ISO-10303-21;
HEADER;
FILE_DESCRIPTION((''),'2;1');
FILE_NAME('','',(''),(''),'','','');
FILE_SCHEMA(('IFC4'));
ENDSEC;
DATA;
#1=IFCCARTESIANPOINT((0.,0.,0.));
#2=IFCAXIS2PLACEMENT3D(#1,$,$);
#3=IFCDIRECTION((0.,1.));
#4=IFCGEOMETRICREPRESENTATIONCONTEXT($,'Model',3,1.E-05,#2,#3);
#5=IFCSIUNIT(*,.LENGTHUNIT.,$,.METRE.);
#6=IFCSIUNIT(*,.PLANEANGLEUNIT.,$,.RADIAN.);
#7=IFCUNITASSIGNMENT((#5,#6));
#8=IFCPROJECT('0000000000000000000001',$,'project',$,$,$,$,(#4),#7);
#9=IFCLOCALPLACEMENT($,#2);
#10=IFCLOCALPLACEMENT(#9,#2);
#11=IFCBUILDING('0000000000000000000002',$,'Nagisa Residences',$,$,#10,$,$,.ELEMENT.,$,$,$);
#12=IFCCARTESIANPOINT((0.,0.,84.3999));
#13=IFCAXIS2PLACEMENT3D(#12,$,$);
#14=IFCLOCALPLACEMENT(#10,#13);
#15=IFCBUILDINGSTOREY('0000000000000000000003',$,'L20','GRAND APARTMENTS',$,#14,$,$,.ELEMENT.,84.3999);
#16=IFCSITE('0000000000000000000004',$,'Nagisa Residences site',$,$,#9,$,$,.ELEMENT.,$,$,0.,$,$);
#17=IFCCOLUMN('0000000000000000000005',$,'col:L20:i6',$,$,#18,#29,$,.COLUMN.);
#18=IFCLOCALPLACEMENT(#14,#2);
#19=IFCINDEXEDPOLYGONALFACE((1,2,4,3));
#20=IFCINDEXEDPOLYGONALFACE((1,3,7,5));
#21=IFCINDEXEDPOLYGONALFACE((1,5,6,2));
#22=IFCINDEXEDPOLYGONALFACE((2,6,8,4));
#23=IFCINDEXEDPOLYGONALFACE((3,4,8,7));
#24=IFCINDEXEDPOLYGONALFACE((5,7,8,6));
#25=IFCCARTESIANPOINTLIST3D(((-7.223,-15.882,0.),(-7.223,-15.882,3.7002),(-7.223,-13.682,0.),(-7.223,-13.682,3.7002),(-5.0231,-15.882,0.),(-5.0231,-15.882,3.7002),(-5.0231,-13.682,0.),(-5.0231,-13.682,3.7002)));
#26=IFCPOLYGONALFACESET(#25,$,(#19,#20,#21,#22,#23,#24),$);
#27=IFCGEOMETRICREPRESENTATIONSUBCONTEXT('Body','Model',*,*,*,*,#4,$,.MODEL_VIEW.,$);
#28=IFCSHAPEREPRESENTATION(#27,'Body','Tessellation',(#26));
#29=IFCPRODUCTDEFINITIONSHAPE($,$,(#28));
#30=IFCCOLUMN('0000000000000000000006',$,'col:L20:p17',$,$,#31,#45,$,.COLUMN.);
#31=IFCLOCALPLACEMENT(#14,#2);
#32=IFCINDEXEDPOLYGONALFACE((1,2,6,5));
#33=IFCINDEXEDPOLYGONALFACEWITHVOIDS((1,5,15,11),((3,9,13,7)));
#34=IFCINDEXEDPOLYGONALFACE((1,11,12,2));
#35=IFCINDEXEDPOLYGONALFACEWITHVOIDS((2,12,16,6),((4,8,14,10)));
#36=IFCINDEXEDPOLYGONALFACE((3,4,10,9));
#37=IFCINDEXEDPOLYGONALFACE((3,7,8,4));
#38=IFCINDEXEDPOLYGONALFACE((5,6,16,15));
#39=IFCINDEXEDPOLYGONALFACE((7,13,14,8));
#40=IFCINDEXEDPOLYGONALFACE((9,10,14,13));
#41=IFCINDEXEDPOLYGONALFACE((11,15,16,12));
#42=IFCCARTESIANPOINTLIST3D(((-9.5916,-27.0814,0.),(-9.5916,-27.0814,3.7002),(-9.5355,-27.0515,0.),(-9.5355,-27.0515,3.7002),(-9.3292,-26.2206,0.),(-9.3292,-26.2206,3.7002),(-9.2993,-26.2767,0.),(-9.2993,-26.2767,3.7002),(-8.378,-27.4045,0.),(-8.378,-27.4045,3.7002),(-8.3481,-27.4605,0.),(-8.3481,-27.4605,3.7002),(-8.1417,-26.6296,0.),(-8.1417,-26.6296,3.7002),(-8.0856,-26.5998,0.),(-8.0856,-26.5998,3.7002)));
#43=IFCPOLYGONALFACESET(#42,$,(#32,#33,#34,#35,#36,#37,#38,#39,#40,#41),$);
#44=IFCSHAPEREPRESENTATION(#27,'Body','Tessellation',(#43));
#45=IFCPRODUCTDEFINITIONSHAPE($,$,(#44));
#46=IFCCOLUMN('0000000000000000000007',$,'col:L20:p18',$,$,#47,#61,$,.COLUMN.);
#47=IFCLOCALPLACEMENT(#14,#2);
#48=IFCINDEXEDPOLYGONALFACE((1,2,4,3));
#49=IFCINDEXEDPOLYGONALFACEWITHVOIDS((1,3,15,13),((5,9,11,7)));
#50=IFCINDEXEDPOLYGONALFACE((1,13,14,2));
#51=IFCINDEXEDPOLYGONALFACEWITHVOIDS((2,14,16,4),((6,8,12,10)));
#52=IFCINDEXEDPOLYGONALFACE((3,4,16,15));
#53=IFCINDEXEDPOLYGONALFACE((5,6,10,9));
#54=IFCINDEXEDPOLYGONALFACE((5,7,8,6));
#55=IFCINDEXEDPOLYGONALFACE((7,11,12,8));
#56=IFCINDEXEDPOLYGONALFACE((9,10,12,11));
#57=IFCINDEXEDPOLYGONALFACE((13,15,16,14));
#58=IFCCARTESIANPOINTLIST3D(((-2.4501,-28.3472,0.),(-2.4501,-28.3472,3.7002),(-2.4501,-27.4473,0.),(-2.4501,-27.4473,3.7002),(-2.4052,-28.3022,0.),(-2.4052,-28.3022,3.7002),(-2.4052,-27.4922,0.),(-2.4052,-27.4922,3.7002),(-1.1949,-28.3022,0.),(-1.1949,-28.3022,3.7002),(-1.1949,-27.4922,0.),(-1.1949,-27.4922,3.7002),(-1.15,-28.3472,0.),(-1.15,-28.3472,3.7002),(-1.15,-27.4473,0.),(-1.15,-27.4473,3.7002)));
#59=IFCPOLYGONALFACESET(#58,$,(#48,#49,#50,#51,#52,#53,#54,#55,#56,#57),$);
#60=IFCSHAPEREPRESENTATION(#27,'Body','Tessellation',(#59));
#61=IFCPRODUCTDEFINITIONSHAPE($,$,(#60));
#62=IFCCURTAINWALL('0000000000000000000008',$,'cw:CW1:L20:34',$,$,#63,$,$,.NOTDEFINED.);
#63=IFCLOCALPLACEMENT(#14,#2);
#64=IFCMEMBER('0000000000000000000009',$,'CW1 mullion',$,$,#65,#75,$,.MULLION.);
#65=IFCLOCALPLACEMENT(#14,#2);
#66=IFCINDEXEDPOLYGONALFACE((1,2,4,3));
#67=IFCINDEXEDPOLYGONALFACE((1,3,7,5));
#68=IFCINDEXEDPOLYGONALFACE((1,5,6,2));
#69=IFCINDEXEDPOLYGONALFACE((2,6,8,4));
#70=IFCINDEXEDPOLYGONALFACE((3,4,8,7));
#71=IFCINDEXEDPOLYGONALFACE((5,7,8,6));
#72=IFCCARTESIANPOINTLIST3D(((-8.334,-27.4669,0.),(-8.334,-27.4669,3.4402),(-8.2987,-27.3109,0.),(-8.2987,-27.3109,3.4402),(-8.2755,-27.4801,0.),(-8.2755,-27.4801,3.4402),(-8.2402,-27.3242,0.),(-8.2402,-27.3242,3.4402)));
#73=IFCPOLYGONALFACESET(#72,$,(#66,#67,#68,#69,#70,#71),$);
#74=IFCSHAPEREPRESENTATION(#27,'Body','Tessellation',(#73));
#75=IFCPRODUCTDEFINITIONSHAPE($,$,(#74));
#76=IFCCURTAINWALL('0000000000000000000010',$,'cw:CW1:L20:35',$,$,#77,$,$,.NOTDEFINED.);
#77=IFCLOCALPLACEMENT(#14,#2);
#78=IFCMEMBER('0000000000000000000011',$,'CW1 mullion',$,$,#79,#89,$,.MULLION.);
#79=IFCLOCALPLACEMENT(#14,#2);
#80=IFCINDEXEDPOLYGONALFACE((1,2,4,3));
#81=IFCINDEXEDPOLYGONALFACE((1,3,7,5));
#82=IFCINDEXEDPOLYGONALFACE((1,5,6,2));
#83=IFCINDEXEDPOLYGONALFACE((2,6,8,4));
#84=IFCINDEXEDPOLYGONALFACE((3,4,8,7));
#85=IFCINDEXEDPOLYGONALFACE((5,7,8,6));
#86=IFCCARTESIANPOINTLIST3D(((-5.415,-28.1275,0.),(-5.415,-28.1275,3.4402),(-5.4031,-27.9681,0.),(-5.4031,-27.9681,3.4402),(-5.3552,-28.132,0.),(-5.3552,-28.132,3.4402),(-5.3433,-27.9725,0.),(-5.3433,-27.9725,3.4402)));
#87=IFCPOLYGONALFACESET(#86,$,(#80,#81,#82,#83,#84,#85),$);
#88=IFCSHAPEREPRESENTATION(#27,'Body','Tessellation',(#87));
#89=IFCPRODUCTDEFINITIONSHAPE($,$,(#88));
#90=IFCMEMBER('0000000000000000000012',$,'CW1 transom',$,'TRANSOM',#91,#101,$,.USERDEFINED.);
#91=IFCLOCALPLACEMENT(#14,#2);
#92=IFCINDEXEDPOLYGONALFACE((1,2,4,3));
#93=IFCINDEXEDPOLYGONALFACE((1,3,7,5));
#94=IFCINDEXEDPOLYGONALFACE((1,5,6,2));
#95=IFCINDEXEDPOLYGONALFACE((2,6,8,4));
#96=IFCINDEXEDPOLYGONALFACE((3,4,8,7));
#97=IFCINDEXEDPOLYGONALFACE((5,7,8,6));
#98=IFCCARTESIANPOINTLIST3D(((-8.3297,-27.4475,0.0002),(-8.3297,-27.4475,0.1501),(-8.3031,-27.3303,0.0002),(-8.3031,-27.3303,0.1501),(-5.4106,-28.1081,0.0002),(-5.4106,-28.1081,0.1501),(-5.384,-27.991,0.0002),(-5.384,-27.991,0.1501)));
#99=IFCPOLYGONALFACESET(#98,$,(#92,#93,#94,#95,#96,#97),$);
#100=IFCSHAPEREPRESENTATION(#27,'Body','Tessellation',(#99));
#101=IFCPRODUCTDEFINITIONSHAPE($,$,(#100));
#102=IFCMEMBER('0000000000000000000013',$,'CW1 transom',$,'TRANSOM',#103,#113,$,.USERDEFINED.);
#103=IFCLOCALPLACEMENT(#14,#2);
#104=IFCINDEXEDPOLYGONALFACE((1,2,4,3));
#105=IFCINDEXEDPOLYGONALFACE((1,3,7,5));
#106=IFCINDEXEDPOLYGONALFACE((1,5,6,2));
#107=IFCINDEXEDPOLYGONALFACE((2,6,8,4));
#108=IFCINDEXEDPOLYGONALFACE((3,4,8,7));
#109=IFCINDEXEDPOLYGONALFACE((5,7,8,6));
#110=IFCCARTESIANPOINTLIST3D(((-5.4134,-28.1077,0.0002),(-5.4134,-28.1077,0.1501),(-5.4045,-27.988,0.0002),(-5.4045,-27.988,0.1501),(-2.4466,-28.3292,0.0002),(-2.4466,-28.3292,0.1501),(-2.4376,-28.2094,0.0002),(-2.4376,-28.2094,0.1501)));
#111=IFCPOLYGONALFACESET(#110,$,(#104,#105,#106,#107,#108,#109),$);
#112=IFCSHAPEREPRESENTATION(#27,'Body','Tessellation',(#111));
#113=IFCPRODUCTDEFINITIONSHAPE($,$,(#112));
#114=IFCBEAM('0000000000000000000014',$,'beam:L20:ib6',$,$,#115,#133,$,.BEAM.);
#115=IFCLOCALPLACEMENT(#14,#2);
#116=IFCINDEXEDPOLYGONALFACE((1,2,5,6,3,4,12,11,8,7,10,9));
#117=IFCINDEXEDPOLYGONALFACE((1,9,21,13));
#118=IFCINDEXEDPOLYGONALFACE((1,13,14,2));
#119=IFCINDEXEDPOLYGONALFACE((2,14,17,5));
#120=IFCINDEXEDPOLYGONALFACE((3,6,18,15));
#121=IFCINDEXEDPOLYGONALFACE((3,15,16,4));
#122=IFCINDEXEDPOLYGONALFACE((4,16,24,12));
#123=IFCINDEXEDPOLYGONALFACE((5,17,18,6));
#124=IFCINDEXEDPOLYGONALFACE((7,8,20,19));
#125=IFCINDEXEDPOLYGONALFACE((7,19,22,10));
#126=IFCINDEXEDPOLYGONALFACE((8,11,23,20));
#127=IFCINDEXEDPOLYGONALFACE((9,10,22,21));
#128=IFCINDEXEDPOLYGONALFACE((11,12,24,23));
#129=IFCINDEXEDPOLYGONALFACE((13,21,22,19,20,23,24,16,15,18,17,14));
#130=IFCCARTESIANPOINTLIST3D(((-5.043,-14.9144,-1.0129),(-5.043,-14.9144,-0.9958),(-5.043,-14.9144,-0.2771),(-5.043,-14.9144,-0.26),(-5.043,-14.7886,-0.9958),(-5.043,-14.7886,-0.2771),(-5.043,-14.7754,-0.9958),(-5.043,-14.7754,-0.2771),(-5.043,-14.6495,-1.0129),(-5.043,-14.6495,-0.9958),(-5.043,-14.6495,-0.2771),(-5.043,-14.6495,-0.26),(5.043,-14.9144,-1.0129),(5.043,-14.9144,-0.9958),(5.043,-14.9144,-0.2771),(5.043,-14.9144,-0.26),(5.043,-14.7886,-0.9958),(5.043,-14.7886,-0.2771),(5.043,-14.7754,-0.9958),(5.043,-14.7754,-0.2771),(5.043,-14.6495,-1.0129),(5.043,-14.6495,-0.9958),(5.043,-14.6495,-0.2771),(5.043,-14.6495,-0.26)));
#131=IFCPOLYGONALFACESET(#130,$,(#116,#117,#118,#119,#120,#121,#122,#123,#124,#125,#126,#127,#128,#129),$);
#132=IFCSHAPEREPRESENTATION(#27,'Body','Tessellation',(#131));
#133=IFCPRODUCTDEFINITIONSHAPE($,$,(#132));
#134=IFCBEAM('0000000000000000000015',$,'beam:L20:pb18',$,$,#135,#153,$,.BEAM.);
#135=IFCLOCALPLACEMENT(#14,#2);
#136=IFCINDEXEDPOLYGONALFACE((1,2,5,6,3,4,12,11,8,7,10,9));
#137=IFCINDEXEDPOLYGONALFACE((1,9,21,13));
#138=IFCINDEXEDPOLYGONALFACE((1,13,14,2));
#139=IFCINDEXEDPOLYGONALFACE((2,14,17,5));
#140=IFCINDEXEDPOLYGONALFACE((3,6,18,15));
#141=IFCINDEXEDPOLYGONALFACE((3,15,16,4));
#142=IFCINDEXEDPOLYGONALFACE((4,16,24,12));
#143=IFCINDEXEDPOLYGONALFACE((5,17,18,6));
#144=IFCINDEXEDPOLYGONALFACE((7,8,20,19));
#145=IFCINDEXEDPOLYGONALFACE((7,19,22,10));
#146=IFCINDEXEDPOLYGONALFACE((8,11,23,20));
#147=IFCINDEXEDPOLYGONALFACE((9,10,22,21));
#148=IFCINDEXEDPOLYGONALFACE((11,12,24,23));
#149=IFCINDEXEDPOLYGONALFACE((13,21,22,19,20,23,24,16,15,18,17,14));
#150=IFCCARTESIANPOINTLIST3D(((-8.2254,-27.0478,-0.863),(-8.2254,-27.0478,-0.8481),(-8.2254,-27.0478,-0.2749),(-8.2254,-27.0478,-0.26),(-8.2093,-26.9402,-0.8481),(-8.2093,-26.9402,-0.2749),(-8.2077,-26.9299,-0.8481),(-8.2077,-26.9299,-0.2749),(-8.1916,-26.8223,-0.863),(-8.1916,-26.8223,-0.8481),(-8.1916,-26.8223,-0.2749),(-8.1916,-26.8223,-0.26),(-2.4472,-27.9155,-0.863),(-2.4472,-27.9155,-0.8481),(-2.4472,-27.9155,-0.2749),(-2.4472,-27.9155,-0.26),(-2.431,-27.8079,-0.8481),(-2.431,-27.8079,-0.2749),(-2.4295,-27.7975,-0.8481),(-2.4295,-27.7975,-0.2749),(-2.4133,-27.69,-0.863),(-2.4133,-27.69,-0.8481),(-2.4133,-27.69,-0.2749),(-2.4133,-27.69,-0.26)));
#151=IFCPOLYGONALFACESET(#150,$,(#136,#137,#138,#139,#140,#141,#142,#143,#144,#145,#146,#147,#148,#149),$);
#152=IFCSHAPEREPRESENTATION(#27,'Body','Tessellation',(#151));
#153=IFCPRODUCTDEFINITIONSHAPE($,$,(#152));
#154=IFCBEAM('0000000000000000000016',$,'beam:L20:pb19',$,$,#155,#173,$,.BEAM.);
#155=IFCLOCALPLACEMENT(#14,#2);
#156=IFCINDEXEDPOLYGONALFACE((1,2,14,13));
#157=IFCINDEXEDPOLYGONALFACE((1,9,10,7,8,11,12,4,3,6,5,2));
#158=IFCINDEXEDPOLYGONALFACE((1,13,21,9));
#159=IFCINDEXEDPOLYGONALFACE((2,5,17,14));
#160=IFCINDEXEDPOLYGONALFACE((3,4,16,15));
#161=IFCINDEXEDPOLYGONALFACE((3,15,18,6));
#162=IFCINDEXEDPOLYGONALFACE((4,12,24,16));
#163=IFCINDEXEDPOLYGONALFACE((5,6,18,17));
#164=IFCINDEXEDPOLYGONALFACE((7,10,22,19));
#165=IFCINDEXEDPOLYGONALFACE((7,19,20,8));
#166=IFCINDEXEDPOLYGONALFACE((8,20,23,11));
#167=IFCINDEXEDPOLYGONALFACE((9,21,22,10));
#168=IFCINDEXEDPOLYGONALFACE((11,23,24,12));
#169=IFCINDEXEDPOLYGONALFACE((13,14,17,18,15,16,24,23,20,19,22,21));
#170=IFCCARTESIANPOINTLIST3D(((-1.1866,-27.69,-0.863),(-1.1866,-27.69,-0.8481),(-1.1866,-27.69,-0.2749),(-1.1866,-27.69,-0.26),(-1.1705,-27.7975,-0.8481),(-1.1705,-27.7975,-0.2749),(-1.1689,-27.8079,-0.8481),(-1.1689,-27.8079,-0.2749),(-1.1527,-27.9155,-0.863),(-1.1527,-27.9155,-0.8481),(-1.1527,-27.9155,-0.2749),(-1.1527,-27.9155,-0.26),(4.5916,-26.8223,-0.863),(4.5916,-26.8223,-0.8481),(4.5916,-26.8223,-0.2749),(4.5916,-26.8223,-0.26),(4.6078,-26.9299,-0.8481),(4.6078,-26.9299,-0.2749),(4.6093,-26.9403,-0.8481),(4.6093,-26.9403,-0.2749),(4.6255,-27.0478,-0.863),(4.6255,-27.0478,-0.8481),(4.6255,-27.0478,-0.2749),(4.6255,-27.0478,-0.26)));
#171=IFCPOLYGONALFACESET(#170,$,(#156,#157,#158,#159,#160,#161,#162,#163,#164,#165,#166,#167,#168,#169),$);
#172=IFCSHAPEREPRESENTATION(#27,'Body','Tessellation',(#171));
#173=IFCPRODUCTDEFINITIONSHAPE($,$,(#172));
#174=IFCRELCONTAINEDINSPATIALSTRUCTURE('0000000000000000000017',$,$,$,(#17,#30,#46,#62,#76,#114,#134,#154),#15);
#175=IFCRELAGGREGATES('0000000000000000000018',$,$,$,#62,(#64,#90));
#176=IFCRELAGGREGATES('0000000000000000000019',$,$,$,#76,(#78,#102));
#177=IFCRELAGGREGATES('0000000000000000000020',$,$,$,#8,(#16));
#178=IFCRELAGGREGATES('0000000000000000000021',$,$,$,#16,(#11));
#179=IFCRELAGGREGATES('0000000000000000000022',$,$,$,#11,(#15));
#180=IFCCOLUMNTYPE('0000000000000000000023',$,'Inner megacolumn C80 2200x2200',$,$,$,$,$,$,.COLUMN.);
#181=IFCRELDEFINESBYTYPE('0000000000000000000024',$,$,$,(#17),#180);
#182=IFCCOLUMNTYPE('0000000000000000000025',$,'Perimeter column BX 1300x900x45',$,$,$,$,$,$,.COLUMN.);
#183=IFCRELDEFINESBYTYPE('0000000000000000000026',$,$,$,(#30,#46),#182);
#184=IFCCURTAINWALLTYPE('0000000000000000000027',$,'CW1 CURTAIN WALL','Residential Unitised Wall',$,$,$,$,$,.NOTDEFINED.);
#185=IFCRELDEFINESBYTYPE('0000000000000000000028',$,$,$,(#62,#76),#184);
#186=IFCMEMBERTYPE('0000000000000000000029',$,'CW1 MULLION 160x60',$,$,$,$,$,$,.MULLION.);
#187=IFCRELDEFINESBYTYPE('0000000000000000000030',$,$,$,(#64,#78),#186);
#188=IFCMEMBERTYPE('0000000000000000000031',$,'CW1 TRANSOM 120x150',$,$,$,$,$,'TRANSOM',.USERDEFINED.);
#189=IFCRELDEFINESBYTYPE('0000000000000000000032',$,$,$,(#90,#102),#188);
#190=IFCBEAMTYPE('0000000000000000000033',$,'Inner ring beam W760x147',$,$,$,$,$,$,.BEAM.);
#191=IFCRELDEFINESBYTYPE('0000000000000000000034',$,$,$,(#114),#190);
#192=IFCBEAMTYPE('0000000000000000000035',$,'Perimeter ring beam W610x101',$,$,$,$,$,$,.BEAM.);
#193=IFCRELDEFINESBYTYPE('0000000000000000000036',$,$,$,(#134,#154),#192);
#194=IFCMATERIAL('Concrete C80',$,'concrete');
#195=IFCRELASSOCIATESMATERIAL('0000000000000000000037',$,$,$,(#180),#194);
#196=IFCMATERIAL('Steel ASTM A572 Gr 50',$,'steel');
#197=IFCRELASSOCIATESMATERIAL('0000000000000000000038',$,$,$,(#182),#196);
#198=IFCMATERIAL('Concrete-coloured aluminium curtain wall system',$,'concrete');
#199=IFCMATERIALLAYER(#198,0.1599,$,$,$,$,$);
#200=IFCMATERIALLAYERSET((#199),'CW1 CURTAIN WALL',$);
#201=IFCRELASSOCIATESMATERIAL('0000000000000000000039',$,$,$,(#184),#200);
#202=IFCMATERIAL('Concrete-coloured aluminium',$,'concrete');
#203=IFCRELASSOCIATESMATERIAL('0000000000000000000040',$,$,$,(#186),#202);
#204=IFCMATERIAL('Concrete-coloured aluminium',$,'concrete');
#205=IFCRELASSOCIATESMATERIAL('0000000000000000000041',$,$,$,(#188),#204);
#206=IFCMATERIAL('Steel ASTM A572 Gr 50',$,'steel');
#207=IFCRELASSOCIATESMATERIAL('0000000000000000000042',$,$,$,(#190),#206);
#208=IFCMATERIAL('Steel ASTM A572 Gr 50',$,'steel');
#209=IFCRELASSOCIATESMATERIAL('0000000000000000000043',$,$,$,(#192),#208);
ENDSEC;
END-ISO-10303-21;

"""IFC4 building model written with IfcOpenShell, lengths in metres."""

from ifc_helpers import new_model, si_unit, direction, frame, origin, origin_2d, place, context, subcontext, project, spatial, rectangle, hollow_rectangle, i_section, extrude, material, layer, layer_set, material_profile, profile_set, type_object, element, aggregate, save


model = new_model("IFC4")

# Units and contexts
model_context = context("Model", 3, precision=1e-05, world=origin(), true_north=direction((0.0, 1.0)))
body_context = subcontext(model_context, "Body", "Model", "MODEL_VIEW")
ifc_project = project(units=[si_unit("LENGTHUNIT", "METRE"), si_unit("PLANEANGLEUNIT", "RADIAN")], contexts=[model_context])

# Site, building, storey
site_placement = place(None, origin())
site = spatial("IfcSite", under=ifc_project, at=site_placement, Name="Nagisa Residences site", CompositionType="ELEMENT", RefElevation=0.0)
building_placement = place(site_placement, origin())
building = spatial("IfcBuilding", under=site, at=building_placement, Name="Nagisa Residences", CompositionType="ELEMENT")
storey_placement = place(building_placement, frame((0.0, 0.0, 84.3999)))
storey = spatial("IfcBuildingStorey", under=building, at=storey_placement, Name="L20", Description="GRAND APARTMENTS", CompositionType="ELEMENT", Elevation=84.3999)

# Columns
ifc_material_1 = material(Name="Concrete C80", Category="concrete")
ifc_material_profile_1 = material_profile(ifc_material_1, rectangle(XDim=2.2, YDim=2.2, at=origin_2d()), Name="C80 2200x2200")
ifc_profile_set_1 = profile_set([ifc_material_profile_1], Name="Concrete C80")
column_type_1 = type_object("IfcColumnType", Name="Inner megacolumn C80 2200x2200", PredefinedType="COLUMN", material=ifc_profile_set_1)
column_placement = place(storey_placement, frame((-6.123, -14.782, 0.0), z_axis=(0.0, 0.0, 1.0), x_axis=(1.0, 0.0, 0.0)))
element("IfcColumn", 1, at=column_placement, inside=storey, type_object=column_type_1, Name="col:L20:i6", PredefinedType="COLUMN", context=body_context, shape_type="SweptSolid", body=[
    extrude(rectangle(XDim=2.2, YDim=2.2, at=origin_2d()), origin(), (0.0, 0.0, 1.0), 3.7002),
])
ifc_material_2 = material(Name="Steel ASTM A572 Gr 50", Category="steel")
ifc_material_profile_2 = material_profile(ifc_material_2, hollow_rectangle(XDim=1.3, YDim=0.8999, WallThickness=0.0449, at=origin_2d()), Name="BX 1300x900x45")
ifc_profile_set_2 = profile_set([ifc_material_profile_2], Name="Steel ASTM A572 Gr 50")
column_type_2 = type_object("IfcColumnType", Name="Perimeter column BX 1300x900x45", PredefinedType="COLUMN", material=ifc_profile_set_2)
for number, where, z_axis, x_axis, name in (
    (2, (-8.8386, -26.8406, 0.0), (0.0, 0.0, 1.0), (0.956525, -0.291652, 0.0), "col:L20:p17"),
    (3, (-1.8, -27.8972, 0.0), (0.0, 0.0, 1.0), (1.0, 0.0, 0.0), "col:L20:p18"),
):
    element("IfcColumn", number, at=place(storey_placement, frame(where, z_axis=z_axis, x_axis=x_axis)), inside=storey, type_object=column_type_2, Name=name, PredefinedType="COLUMN", context=body_context, shape_type="SweptSolid", body=[
        extrude(hollow_rectangle(XDim=1.3, YDim=0.8999, WallThickness=0.0449, at=origin_2d()), origin(), (0.0, 0.0, 1.0), 3.7002),
    ])

# Curtain walls, members
ifc_material_3 = material(Name="Concrete-coloured aluminium curtain wall system", Category="concrete")
ifc_layer_1 = layer(ifc_material_3, 0.1599)
ifc_layer_set_1 = layer_set([ifc_layer_1], Name="CW1 CURTAIN WALL")
curtain_wall_type = type_object("IfcCurtainWallType", Name="CW1 CURTAIN WALL", Description="Residential Unitised Wall", PredefinedType="NOTDEFINED", material=ifc_layer_set_1)
curtain_wall_1_placement = place(storey_placement, origin())
curtain_wall_1 = element("IfcCurtainWall", 4, at=curtain_wall_1_placement, inside=storey, type_object=curtain_wall_type, Name="cw:CW1:L20:34", PredefinedType="NOTDEFINED")
ifc_material_4 = material(Name="Concrete-coloured aluminium", Category="concrete")
ifc_material_profile_3 = material_profile(ifc_material_4, rectangle(XDim=0.1599, YDim=0.0601, at=origin_2d()), Name="CW1 MULLION 160x60")
ifc_profile_set_3 = profile_set([ifc_material_profile_3], Name="Concrete-coloured aluminium")
member_type_1 = type_object("IfcMemberType", Name="CW1 MULLION 160x60", PredefinedType="MULLION", material=ifc_profile_set_3)
member_1_placement = place(storey_placement, frame((-8.2871, -27.3955, 0.0), z_axis=(0.0, 0.0, 1.0), x_axis=(0.220764, 0.975327, 0.0)))
member_1 = element("IfcMember", 5, at=member_1_placement, type_object=member_type_1, Name="CW1 mullion", PredefinedType="MULLION", context=body_context, shape_type="SweptSolid", body=[
    extrude(rectangle(XDim=0.1599, YDim=0.0601, at=origin_2d()), origin(), (0.0, 0.0, 1.0), 3.4402),
])
curtain_wall_2_placement = place(storey_placement, origin())
curtain_wall_2 = element("IfcCurtainWall", 6, at=curtain_wall_2_placement, inside=storey, type_object=curtain_wall_type, Name="cw:CW1:L20:35", PredefinedType="NOTDEFINED")
member_2_placement = place(storey_placement, frame((-5.3792, -28.05, 0.0), z_axis=(0.0, 0.0, 1.0), x_axis=(0.074377, 0.99723, 0.0)))
member_2 = element("IfcMember", 7, at=member_2_placement, type_object=member_type_1, Name="CW1 mullion", PredefinedType="MULLION", context=body_context, shape_type="SweptSolid", body=[
    extrude(rectangle(XDim=0.1599, YDim=0.0601, at=origin_2d()), origin(), (0.0, 0.0, 1.0), 3.4402),
])

# Members
ifc_material_5 = material(Name="Concrete-coloured aluminium", Category="concrete")
ifc_material_profile_4 = material_profile(ifc_material_5, rectangle(XDim=0.1201, YDim=0.1499, at=origin_2d()), Name="CW1 TRANSOM 120x150")
ifc_profile_set_4 = profile_set([ifc_material_profile_4], Name="Concrete-coloured aluminium")
member_type_2 = type_object("IfcMemberType", Name="CW1 TRANSOM 120x150", ElementType="TRANSOM", PredefinedType="USERDEFINED", material=ifc_profile_set_4)
member_3_placement = place(storey_placement, frame((-8.3164, -27.3889, 0.0752), z_axis=(0.975335, -0.220729, 0.0), x_axis=(0.220729, 0.975335, 0.0)))
member_3 = element("IfcMember", 8, at=member_3_placement, type_object=member_type_2, Name="CW1 transom", ObjectType="TRANSOM", PredefinedType="USERDEFINED", context=body_context, shape_type="SweptSolid", body=[
    extrude(rectangle(XDim=0.1201, YDim=0.1499, at=origin_2d()), origin(), (0.0, 0.0, 1.0), 2.9929),
])
member_4_placement = place(storey_placement, frame((-5.4089, -28.0479, 0.0752), z_axis=(0.997226, -0.074431, 0.0), x_axis=(0.074431, 0.997226, 0.0)))
member_4 = element("IfcMember", 9, at=member_4_placement, type_object=member_type_2, Name="CW1 transom", ObjectType="TRANSOM", PredefinedType="USERDEFINED", context=body_context, shape_type="SweptSolid", body=[
    extrude(rectangle(XDim=0.1201, YDim=0.1499, at=origin_2d()), origin(), (0.0, 0.0, 1.0), 2.9751),
])

# Beams
ifc_material_6 = material(Name="Steel ASTM A572 Gr 50", Category="steel")
ifc_material_profile_5 = material_profile(ifc_material_6, i_section(OverallWidth=0.2649, OverallDepth=0.7529, WebThickness=0.0132, FlangeThickness=0.0171, at=origin_2d()), Name="W760x147")
ifc_profile_set_5 = profile_set([ifc_material_profile_5], Name="Steel ASTM A572 Gr 50")
beam_type_1 = type_object("IfcBeamType", Name="Inner ring beam W760x147", PredefinedType="BEAM", material=ifc_profile_set_5)
beam_1_placement = place(storey_placement, frame((-5.043, -14.782, -0.6365), z_axis=(1.0, 0.0, 0.0), x_axis=(0.0, 1.0, 0.0)))
element("IfcBeam", 10, at=beam_1_placement, inside=storey, type_object=beam_type_1, Name="beam:L20:ib6", PredefinedType="BEAM", context=body_context, shape_type="SweptSolid", body=[
    extrude(i_section(OverallWidth=0.2649, OverallDepth=0.7529, WebThickness=0.0132, FlangeThickness=0.0171, at=origin_2d()), origin(), (0.0, 0.0, 1.0), 10.0859),
])
ifc_material_7 = material(Name="Steel ASTM A572 Gr 50", Category="steel")
ifc_material_profile_6 = material_profile(ifc_material_7, i_section(OverallWidth=0.228, OverallDepth=0.603, WebThickness=0.0105, FlangeThickness=0.0149, at=origin_2d()), Name="W610x101")
ifc_profile_set_6 = profile_set([ifc_material_profile_6], Name="Steel ASTM A572 Gr 50")
beam_type_2 = type_object("IfcBeamType", Name="Perimeter ring beam W610x101", PredefinedType="BEAM", material=ifc_profile_set_6)
for number, where, z_axis, x_axis, name in (
    (11, (-8.2085, -26.9351, -0.5615), (0.988913, -0.148496, 0.0), (0.148496, 0.988913, 0.0), "beam:L20:pb18"),
    (12, (-1.1697, -27.8027, -0.5615), (0.988913, 0.148496, 0.0), (-0.148496, 0.988913, 0.0), "beam:L20:pb19"),
):
    element("IfcBeam", number, at=place(storey_placement, frame(where, z_axis=z_axis, x_axis=x_axis)), inside=storey, type_object=beam_type_2, Name=name, PredefinedType="BEAM", context=body_context, shape_type="SweptSolid", body=[
        extrude(i_section(OverallWidth=0.228, OverallDepth=0.603, WebThickness=0.0105, FlangeThickness=0.0149, at=origin_2d()), origin(), (0.0, 0.0, 1.0), 5.843),
    ])

aggregate(curtain_wall_1, [member_1, member_3])
aggregate(curtain_wall_2, [member_2, member_4])

save(model, "model.ifc")
